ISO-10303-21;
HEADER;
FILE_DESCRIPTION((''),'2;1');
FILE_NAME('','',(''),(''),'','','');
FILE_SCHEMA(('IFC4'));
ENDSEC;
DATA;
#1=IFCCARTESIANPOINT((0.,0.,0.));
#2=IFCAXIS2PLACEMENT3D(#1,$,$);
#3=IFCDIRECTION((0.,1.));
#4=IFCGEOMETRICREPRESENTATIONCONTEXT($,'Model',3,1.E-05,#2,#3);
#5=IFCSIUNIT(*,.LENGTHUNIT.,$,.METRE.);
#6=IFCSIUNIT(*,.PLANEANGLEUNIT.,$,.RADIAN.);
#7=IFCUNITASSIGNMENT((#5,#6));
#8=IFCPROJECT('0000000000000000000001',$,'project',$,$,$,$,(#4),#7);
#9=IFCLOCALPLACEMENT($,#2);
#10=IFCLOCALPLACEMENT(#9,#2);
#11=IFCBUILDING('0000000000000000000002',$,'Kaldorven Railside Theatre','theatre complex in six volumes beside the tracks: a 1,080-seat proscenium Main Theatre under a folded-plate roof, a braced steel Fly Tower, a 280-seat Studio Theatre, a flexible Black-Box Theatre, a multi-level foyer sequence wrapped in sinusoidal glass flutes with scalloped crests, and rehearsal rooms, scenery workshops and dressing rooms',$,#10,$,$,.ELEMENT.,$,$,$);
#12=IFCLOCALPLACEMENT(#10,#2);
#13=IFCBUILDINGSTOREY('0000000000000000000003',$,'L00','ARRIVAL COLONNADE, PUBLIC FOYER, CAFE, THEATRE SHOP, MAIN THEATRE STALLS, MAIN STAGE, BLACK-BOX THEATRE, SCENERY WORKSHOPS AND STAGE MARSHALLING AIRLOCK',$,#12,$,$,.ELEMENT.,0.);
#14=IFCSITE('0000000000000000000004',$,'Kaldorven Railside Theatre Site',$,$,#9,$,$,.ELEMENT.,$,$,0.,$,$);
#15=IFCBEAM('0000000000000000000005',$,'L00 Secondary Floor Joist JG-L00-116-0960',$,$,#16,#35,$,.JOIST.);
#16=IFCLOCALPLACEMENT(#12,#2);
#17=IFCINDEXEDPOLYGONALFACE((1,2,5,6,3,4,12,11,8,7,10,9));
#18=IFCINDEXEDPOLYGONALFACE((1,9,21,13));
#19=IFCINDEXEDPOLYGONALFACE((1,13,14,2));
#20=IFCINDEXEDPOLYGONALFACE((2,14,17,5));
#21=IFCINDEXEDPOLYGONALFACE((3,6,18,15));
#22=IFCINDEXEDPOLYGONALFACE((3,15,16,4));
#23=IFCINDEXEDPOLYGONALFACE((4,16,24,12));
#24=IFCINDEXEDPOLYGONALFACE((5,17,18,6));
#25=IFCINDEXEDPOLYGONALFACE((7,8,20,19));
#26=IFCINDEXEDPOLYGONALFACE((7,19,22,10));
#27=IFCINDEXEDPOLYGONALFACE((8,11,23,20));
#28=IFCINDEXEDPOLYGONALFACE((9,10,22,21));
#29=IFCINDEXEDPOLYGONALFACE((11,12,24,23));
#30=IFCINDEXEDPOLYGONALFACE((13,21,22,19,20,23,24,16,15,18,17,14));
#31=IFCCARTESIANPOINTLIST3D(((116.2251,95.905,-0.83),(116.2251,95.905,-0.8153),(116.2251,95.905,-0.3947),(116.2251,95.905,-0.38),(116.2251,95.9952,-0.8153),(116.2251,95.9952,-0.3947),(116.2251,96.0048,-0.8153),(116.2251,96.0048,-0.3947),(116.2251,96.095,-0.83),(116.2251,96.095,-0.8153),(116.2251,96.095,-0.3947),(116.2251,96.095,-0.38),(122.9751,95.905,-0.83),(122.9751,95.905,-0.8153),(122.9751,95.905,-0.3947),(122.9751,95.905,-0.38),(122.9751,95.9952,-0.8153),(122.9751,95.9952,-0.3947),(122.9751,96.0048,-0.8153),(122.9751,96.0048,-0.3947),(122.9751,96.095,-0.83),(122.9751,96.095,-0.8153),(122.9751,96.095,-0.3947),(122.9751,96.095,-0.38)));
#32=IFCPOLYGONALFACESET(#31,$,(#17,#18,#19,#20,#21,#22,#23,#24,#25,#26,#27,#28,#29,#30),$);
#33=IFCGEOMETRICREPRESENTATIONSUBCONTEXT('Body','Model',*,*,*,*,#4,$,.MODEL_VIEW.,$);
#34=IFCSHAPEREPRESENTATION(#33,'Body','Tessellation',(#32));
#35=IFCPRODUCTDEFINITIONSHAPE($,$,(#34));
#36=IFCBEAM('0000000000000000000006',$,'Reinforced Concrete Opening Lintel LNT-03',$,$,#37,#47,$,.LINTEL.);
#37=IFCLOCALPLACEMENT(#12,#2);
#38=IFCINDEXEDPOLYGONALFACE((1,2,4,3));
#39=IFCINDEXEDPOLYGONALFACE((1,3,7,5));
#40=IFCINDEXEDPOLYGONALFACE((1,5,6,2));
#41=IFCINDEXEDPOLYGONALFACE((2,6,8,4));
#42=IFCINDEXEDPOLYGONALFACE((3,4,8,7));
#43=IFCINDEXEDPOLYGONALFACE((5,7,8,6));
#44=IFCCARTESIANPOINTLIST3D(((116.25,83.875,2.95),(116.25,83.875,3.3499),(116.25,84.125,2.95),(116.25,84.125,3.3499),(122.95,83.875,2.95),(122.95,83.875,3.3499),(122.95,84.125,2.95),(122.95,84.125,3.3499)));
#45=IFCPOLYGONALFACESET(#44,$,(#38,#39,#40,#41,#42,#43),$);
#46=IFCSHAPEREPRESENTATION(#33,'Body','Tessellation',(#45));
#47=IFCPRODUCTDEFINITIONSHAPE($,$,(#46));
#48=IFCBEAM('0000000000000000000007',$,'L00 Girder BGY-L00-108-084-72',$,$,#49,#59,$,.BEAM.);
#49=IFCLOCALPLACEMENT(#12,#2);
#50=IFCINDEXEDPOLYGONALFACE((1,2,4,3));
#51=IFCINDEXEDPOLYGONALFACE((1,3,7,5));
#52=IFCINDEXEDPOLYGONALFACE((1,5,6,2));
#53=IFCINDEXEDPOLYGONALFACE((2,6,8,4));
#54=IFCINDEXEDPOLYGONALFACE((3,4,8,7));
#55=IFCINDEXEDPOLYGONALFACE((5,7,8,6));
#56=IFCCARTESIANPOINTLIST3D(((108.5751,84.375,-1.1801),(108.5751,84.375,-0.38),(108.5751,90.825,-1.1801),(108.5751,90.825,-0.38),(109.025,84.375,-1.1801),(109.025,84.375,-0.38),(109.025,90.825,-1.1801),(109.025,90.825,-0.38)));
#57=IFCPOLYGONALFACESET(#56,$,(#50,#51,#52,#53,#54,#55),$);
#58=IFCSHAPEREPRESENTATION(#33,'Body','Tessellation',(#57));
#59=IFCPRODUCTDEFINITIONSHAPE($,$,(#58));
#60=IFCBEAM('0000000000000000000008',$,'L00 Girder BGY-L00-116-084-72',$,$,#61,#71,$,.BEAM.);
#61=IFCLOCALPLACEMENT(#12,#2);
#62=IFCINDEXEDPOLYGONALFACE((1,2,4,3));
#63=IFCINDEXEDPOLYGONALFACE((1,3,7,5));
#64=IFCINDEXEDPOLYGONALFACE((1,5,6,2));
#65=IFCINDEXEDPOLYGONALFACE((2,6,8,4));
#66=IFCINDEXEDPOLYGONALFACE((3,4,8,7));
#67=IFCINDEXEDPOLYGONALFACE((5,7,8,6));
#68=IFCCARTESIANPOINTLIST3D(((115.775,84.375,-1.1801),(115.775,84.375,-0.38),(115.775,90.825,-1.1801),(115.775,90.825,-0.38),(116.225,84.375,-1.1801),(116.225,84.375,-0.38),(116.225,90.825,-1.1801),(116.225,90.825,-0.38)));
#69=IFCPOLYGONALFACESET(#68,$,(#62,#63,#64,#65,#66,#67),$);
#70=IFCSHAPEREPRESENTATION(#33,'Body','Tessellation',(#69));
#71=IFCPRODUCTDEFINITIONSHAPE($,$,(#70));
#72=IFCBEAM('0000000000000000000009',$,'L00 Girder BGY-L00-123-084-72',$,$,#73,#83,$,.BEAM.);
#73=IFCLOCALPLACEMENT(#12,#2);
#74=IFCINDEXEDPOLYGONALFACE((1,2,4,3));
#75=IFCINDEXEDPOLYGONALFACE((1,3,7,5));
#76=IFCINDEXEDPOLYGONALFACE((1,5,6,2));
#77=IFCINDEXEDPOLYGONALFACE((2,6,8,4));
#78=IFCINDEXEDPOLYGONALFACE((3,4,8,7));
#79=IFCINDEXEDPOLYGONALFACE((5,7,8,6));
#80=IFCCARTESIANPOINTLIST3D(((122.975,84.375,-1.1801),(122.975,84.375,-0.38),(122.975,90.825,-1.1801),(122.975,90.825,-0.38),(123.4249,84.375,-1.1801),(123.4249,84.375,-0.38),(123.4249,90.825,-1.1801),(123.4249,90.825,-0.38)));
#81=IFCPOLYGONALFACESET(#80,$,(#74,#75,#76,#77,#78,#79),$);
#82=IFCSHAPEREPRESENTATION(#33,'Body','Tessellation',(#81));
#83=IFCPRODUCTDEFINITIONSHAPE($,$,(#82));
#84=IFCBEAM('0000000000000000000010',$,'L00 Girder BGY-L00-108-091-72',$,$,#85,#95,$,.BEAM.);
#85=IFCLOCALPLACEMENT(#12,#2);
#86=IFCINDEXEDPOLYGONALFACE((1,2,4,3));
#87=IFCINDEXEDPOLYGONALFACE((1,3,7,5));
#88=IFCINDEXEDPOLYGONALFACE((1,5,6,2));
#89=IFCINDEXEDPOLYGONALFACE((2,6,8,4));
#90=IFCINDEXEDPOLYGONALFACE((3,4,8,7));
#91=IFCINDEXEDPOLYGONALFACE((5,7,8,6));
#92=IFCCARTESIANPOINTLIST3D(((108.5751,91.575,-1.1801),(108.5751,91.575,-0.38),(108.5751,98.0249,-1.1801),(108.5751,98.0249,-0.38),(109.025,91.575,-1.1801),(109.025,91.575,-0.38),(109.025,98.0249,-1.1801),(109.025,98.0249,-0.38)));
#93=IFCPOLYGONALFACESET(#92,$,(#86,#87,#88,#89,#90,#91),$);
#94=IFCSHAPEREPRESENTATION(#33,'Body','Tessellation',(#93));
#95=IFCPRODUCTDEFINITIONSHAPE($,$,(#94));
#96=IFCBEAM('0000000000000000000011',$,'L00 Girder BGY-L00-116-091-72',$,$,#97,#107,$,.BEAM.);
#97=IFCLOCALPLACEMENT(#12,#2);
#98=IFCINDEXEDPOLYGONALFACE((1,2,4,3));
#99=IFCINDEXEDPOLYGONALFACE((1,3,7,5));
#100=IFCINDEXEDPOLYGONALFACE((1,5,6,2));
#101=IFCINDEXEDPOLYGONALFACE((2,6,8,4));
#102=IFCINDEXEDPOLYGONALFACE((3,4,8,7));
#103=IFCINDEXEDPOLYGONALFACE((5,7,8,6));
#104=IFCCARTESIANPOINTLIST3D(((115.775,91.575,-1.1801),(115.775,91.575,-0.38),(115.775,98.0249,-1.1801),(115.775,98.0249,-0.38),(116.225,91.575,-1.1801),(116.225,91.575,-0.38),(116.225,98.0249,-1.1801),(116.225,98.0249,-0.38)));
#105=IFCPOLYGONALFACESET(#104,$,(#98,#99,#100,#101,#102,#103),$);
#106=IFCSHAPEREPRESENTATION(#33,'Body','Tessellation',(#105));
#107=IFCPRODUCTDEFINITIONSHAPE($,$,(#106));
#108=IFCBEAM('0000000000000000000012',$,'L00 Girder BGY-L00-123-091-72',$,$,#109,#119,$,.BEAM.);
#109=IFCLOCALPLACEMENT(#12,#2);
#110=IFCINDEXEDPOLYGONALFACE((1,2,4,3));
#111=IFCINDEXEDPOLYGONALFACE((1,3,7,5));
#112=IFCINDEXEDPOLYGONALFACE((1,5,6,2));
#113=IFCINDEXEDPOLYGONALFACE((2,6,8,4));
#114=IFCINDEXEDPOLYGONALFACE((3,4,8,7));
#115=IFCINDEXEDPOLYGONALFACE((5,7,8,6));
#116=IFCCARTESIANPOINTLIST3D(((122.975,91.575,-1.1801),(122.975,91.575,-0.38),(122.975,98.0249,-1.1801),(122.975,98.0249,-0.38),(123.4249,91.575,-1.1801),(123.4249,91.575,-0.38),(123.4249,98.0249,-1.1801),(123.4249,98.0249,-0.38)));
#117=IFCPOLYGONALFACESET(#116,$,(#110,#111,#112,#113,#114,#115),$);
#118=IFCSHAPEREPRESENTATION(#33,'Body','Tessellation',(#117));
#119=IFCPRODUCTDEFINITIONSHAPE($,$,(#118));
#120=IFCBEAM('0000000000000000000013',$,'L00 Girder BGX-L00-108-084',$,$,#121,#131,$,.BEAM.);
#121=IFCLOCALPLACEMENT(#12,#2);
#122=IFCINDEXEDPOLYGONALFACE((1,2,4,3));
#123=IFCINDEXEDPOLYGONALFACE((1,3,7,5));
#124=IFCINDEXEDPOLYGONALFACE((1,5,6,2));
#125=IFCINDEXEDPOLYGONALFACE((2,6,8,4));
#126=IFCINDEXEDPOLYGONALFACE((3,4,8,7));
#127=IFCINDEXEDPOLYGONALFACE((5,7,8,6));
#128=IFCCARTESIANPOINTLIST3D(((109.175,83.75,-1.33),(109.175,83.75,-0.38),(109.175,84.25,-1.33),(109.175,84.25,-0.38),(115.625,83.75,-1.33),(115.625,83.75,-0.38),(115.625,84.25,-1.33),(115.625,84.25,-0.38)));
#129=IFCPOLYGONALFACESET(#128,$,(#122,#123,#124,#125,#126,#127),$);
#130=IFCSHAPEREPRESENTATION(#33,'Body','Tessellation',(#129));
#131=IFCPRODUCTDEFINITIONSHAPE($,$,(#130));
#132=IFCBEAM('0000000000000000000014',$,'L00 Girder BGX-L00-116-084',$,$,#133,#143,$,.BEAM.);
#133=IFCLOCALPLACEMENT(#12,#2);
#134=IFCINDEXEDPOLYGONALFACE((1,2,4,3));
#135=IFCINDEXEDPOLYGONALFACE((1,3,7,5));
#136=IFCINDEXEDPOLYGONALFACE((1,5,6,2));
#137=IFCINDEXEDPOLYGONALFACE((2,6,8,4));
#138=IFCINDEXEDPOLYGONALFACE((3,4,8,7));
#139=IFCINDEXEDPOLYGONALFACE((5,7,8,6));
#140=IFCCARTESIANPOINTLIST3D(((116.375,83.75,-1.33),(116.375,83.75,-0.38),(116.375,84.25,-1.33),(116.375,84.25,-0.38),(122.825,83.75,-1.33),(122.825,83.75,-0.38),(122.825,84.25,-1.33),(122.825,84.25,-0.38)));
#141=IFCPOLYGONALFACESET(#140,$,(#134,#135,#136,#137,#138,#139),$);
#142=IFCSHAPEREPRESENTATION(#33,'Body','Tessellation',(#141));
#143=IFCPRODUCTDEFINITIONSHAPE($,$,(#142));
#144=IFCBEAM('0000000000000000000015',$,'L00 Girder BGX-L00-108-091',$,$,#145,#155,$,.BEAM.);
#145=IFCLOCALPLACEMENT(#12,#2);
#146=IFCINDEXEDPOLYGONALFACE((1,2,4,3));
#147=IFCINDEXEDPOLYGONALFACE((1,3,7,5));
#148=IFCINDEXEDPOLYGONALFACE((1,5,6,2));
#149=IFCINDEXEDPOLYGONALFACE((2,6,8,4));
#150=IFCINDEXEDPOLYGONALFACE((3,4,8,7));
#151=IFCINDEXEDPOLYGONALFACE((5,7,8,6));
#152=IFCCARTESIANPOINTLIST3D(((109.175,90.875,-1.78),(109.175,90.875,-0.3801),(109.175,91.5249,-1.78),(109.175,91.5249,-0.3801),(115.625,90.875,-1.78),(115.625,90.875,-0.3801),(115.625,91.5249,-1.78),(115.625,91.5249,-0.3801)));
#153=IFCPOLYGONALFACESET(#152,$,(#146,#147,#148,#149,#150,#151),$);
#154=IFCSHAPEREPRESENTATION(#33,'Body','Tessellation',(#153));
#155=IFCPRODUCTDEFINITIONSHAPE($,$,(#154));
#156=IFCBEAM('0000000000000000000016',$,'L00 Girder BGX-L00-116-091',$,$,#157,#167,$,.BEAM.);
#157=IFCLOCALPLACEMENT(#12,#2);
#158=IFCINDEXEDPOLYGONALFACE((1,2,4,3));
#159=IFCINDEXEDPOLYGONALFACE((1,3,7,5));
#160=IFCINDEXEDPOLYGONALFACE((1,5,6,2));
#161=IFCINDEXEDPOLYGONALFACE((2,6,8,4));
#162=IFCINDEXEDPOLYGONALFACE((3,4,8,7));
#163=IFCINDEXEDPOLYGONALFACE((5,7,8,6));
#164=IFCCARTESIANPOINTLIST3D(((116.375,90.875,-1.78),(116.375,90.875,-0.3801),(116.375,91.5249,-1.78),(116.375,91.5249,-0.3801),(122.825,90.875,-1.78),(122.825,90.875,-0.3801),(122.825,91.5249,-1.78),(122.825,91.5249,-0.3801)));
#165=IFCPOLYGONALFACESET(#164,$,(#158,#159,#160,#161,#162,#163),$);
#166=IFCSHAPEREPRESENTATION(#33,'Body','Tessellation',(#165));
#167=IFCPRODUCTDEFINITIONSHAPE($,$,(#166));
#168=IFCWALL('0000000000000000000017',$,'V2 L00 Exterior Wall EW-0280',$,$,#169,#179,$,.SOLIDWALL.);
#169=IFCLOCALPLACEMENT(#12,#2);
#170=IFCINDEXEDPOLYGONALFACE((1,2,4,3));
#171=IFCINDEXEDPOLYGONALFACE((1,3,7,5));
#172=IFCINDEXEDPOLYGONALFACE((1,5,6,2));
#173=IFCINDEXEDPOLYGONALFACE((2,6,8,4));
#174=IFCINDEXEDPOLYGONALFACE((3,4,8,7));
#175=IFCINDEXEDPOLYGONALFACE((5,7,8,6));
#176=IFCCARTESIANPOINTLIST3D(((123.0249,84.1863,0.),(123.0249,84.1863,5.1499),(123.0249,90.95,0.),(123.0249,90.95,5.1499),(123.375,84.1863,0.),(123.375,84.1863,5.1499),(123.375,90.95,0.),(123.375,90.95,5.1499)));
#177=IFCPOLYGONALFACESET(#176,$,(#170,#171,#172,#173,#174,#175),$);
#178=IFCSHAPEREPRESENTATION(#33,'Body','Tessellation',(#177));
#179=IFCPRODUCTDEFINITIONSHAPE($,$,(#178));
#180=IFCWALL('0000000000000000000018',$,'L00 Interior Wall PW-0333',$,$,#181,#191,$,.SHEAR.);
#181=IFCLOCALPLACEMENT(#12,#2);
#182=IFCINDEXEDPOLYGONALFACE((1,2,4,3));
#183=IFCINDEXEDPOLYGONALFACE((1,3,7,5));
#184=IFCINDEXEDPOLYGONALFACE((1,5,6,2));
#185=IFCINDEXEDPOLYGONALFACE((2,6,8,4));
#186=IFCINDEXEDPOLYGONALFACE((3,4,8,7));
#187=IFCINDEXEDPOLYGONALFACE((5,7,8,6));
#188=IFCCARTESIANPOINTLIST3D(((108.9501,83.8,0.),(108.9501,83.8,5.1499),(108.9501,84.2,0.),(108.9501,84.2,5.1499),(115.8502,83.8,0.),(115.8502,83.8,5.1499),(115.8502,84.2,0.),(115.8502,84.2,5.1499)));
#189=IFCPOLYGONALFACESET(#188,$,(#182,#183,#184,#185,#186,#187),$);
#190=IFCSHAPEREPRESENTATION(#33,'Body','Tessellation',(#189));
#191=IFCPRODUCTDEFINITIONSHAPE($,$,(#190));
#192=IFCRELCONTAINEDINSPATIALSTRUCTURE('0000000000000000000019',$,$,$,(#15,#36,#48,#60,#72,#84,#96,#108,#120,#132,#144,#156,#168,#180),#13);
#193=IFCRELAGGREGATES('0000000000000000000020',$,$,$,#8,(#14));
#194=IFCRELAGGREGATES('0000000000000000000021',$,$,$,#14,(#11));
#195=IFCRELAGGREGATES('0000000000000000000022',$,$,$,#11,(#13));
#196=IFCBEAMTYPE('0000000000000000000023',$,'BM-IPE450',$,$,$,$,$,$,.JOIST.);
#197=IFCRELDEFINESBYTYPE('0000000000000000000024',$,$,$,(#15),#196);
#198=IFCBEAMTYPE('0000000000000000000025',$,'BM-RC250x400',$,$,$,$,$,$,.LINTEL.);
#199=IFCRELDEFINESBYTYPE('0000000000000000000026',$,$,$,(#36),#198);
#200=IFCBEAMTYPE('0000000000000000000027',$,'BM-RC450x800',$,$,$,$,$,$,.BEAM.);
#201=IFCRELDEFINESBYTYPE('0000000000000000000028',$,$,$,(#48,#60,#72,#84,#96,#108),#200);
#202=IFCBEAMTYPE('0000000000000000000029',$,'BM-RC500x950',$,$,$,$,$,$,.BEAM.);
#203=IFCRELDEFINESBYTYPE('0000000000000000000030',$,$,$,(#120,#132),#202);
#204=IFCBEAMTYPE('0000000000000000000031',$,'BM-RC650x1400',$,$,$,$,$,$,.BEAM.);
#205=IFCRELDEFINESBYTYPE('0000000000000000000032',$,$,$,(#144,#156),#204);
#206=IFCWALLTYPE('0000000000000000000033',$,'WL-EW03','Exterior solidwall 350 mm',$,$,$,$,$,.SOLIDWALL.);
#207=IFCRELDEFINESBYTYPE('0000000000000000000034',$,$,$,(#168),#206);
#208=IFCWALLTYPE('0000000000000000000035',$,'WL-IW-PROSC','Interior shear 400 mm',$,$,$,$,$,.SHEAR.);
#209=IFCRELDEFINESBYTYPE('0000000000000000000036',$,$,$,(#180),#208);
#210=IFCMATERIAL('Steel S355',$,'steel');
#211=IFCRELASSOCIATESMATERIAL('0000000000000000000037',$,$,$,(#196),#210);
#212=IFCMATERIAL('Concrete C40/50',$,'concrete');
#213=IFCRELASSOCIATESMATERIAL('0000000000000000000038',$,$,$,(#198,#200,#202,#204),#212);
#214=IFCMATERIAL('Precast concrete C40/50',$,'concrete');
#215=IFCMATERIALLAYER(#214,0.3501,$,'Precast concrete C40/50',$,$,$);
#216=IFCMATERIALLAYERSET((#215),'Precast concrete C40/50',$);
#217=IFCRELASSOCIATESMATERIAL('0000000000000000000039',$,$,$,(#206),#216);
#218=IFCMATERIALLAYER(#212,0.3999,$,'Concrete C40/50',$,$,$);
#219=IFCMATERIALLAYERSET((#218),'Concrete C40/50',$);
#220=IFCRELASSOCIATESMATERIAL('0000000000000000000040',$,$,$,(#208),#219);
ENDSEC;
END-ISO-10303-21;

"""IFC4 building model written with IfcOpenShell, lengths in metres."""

from ifc_helpers import new_model, si_unit, direction, frame, frame_2d, origin, origin_2d, place, context, subcontext, project, spatial, rectangle, i_section, extrude, material, layer, layer_set, material_profile, profile_set, type_object, element, save


model = new_model("IFC4")

# Units and contexts
model_context = context("Model", 3, precision=1e-05, world=origin(), true_north=direction((0.0, 1.0)))
body_context = subcontext(model_context, "Body", "Model", "MODEL_VIEW")
ifc_project = project(units=[si_unit("LENGTHUNIT", "METRE"), si_unit("PLANEANGLEUNIT", "RADIAN")], contexts=[model_context])

# Site, building, storey
site_placement = place(None, origin())
site = spatial("IfcSite", under=ifc_project, at=site_placement, Name="Kaldorven Railside Theatre Site", CompositionType="ELEMENT", RefElevation=0.0)
building_placement = place(site_placement, origin())
building = spatial("IfcBuilding", under=site, at=building_placement, Name="Kaldorven Railside Theatre", Description="theatre complex in six volumes beside the tracks: a 1,080-seat proscenium Main Theatre under a folded-plate roof, a braced steel Fly Tower, a 280-seat Studio Theatre, a flexible Black-Box Theatre, a multi-level foyer sequence wrapped in sinusoidal glass flutes with scalloped crests, and rehearsal rooms, scenery workshops and dressing rooms", CompositionType="ELEMENT")
storey_placement = place(building_placement, origin())
storey = spatial("IfcBuildingStorey", under=building, at=storey_placement, Name="L00", Description="ARRIVAL COLONNADE, PUBLIC FOYER, CAFE, THEATRE SHOP, MAIN THEATRE STALLS, MAIN STAGE, BLACK-BOX THEATRE, SCENERY WORKSHOPS AND STAGE MARSHALLING AIRLOCK", CompositionType="ELEMENT", Elevation=0.0)

# Shared definitions
ifc_material_1 = material(Name="Steel S355", Category="steel")

# Beams
ifc_material_profile_1 = material_profile(ifc_material_1, i_section(OverallWidth=0.1899, OverallDepth=0.45, WebThickness=0.0095, FlangeThickness=0.0146, at=origin_2d()), Name="IPE 450")
ifc_profile_set_1 = profile_set([ifc_material_profile_1], Name="Steel S355")
beam_type_1 = type_object("IfcBeamType", Name="BM-IPE450", PredefinedType="JOIST", material=ifc_profile_set_1)
for number, where, z_axis, x_axis, name in (
    (1, (116.2251, 96.0, -0.605), (1.0, 0.0, 0.0), (0.0, 1.0, 0.0), "L00 Secondary Floor Joist JG-L00-116-0960"),
):
    element("IfcBeam", number, at=place(storey_placement, frame(where, z_axis=z_axis, x_axis=x_axis)), inside=storey, type_object=beam_type_1, Name=name, PredefinedType="JOIST", context=body_context, shape_type="SweptSolid", body=[
        extrude(i_section(OverallWidth=0.1899, OverallDepth=0.45, WebThickness=0.0095, FlangeThickness=0.0146, at=origin_2d()), origin(), (0.0, 0.0, 1.0), 6.75),
    ])
ifc_material_2 = material(Name="Concrete C40/50", Category="concrete")
ifc_material_profile_2 = material_profile(ifc_material_2, rectangle(XDim=0.25, YDim=0.3999, at=origin_2d()), Name="RC 250x400")
ifc_profile_set_2 = profile_set([ifc_material_profile_2], Name="Concrete C40/50")
beam_type_2 = type_object("IfcBeamType", Name="BM-RC250x400", PredefinedType="LINTEL", material=ifc_profile_set_2)
beam_placement = place(storey_placement, frame((116.25, 84.0, 3.1499), z_axis=(1.0, 0.0, 0.0), x_axis=(0.0, 1.0, 0.0)))
element("IfcBeam", 2, at=beam_placement, inside=storey, type_object=beam_type_2, Name="Reinforced Concrete Opening Lintel LNT-03", PredefinedType="LINTEL", context=body_context, shape_type="SweptSolid", body=[
    extrude(rectangle(XDim=0.25, YDim=0.3999, at=origin_2d()), origin(), (0.0, 0.0, 1.0), 6.7),
])
ifc_material_profile_3 = material_profile(ifc_material_2, rectangle(XDim=0.45, YDim=0.8, at=origin_2d()), Name="RC 450x800")
ifc_profile_set_3 = profile_set([ifc_material_profile_3], Name="Concrete C40/50")
beam_type_3 = type_object("IfcBeamType", Name="BM-RC450x800", PredefinedType="BEAM", material=ifc_profile_set_3)
for number, where, z_axis, x_axis, name in (
    (3, (108.8, 84.375, -0.78), (0.0, 1.0, 0.0), (-1.0, 0.0, 0.0), "L00 Girder BGY-L00-108-084-72"),
    (4, (116.0, 84.375, -0.78), (0.0, 1.0, 0.0), (-1.0, 0.0, 0.0), "L00 Girder BGY-L00-116-084-72"),
    (5, (123.2, 84.375, -0.78), (0.0, 1.0, 0.0), (-1.0, 0.0, 0.0), "L00 Girder BGY-L00-123-084-72"),
    (6, (108.8, 91.575, -0.78), (0.0, 1.0, 0.0), (-1.0, 0.0, 0.0), "L00 Girder BGY-L00-108-091-72"),
    (7, (116.0, 91.575, -0.78), (0.0, 1.0, 0.0), (-1.0, 0.0, 0.0), "L00 Girder BGY-L00-116-091-72"),
    (8, (123.2, 91.575, -0.78), (0.0, 1.0, 0.0), (-1.0, 0.0, 0.0), "L00 Girder BGY-L00-123-091-72"),
):
    element("IfcBeam", number, at=place(storey_placement, frame(where, z_axis=z_axis, x_axis=x_axis)), inside=storey, type_object=beam_type_3, Name=name, PredefinedType="BEAM", context=body_context, shape_type="SweptSolid", body=[
        extrude(rectangle(XDim=0.45, YDim=0.8, at=origin_2d()), origin(), (0.0, 0.0, 1.0), 6.45),
    ])
ifc_material_profile_4 = material_profile(ifc_material_2, rectangle(XDim=0.5, YDim=0.95, at=origin_2d()), Name="RC 500x950")
ifc_profile_set_4 = profile_set([ifc_material_profile_4], Name="Concrete C40/50")
beam_type_4 = type_object("IfcBeamType", Name="BM-RC500x950", PredefinedType="BEAM", material=ifc_profile_set_4)
for number, where, z_axis, x_axis, name in (
    (9, (109.175, 84.0, -0.855), (1.0, 0.0, 0.0), (0.0, 1.0, 0.0), "L00 Girder BGX-L00-108-084"),
    (10, (116.375, 84.0, -0.855), (1.0, 0.0, 0.0), (0.0, 1.0, 0.0), "L00 Girder BGX-L00-116-084"),
):
    element("IfcBeam", number, at=place(storey_placement, frame(where, z_axis=z_axis, x_axis=x_axis)), inside=storey, type_object=beam_type_4, Name=name, PredefinedType="BEAM", context=body_context, shape_type="SweptSolid", body=[
        extrude(rectangle(XDim=0.5, YDim=0.95, at=origin_2d()), origin(), (0.0, 0.0, 1.0), 6.45),
    ])
ifc_material_profile_5 = material_profile(ifc_material_2, rectangle(XDim=0.6499, YDim=1.3999, at=origin_2d()), Name="RC 650x1400")
ifc_profile_set_5 = profile_set([ifc_material_profile_5], Name="Concrete C40/50")
beam_type_5 = type_object("IfcBeamType", Name="BM-RC650x1400", PredefinedType="BEAM", material=ifc_profile_set_5)
for number, where, z_axis, x_axis, name in (
    (11, (109.175, 91.2, -1.0801), (1.0, 0.0, 0.0), (0.0, 1.0, 0.0), "L00 Girder BGX-L00-108-091"),
    (12, (116.375, 91.2, -1.0801), (1.0, 0.0, 0.0), (0.0, 1.0, 0.0), "L00 Girder BGX-L00-116-091"),
):
    element("IfcBeam", number, at=place(storey_placement, frame(where, z_axis=z_axis, x_axis=x_axis)), inside=storey, type_object=beam_type_5, Name=name, PredefinedType="BEAM", context=body_context, shape_type="SweptSolid", body=[
        extrude(rectangle(XDim=0.6499, YDim=1.3999, at=origin_2d()), origin(), (0.0, 0.0, 1.0), 6.45),
    ])

# Walls
ifc_material_3 = material(Name="Precast concrete C40/50", Category="concrete")
ifc_layer_1 = layer(ifc_material_3, 0.3501, Name="Precast concrete C40/50")
ifc_layer_set_1 = layer_set([ifc_layer_1], Name="Precast concrete C40/50")
wall_type_1 = type_object("IfcWallType", Name="WL-EW03", Description="Exterior solidwall 350 mm", PredefinedType="SOLIDWALL", material=ifc_layer_set_1)
wall_1_placement = place(storey_placement, frame((123.2, 90.95, 0.0), z_axis=(0.0, 0.0, 1.0), x_axis=(0.0, -1.0, 0.0)))
element("IfcWall", 13, at=wall_1_placement, inside=storey, type_object=wall_type_1, Name="V2 L00 Exterior Wall EW-0280", PredefinedType="SOLIDWALL", context=body_context, shape_type="SweptSolid", body=[
    extrude(rectangle(XDim=6.7637, YDim=0.3501, at=frame_2d((3.3818, 0.0))), origin(), (0.0, 0.0, 1.0), 5.1499),
])
ifc_layer_2 = layer(ifc_material_2, 0.3999, Name="Concrete C40/50")
ifc_layer_set_2 = layer_set([ifc_layer_2], Name="Concrete C40/50")
wall_type_2 = type_object("IfcWallType", Name="WL-IW-PROSC", Description="Interior shear 400 mm", PredefinedType="SHEAR", material=ifc_layer_set_2)
wall_2_placement = place(storey_placement, frame((108.95, 84.0, 0.0), z_axis=(0.0, 0.0, 1.0), x_axis=(1.0, 0.0, 0.0)))
element("IfcWall", 14, at=wall_2_placement, inside=storey, type_object=wall_type_2, Name="L00 Interior Wall PW-0333", PredefinedType="SHEAR", context=body_context, shape_type="SweptSolid", body=[
    extrude(rectangle(XDim=6.9001, YDim=0.3999, at=frame_2d((3.4502, 0.0))), origin(), (0.0, 0.0, 1.0), 5.1499),
])

save(model, "model.ifc")
